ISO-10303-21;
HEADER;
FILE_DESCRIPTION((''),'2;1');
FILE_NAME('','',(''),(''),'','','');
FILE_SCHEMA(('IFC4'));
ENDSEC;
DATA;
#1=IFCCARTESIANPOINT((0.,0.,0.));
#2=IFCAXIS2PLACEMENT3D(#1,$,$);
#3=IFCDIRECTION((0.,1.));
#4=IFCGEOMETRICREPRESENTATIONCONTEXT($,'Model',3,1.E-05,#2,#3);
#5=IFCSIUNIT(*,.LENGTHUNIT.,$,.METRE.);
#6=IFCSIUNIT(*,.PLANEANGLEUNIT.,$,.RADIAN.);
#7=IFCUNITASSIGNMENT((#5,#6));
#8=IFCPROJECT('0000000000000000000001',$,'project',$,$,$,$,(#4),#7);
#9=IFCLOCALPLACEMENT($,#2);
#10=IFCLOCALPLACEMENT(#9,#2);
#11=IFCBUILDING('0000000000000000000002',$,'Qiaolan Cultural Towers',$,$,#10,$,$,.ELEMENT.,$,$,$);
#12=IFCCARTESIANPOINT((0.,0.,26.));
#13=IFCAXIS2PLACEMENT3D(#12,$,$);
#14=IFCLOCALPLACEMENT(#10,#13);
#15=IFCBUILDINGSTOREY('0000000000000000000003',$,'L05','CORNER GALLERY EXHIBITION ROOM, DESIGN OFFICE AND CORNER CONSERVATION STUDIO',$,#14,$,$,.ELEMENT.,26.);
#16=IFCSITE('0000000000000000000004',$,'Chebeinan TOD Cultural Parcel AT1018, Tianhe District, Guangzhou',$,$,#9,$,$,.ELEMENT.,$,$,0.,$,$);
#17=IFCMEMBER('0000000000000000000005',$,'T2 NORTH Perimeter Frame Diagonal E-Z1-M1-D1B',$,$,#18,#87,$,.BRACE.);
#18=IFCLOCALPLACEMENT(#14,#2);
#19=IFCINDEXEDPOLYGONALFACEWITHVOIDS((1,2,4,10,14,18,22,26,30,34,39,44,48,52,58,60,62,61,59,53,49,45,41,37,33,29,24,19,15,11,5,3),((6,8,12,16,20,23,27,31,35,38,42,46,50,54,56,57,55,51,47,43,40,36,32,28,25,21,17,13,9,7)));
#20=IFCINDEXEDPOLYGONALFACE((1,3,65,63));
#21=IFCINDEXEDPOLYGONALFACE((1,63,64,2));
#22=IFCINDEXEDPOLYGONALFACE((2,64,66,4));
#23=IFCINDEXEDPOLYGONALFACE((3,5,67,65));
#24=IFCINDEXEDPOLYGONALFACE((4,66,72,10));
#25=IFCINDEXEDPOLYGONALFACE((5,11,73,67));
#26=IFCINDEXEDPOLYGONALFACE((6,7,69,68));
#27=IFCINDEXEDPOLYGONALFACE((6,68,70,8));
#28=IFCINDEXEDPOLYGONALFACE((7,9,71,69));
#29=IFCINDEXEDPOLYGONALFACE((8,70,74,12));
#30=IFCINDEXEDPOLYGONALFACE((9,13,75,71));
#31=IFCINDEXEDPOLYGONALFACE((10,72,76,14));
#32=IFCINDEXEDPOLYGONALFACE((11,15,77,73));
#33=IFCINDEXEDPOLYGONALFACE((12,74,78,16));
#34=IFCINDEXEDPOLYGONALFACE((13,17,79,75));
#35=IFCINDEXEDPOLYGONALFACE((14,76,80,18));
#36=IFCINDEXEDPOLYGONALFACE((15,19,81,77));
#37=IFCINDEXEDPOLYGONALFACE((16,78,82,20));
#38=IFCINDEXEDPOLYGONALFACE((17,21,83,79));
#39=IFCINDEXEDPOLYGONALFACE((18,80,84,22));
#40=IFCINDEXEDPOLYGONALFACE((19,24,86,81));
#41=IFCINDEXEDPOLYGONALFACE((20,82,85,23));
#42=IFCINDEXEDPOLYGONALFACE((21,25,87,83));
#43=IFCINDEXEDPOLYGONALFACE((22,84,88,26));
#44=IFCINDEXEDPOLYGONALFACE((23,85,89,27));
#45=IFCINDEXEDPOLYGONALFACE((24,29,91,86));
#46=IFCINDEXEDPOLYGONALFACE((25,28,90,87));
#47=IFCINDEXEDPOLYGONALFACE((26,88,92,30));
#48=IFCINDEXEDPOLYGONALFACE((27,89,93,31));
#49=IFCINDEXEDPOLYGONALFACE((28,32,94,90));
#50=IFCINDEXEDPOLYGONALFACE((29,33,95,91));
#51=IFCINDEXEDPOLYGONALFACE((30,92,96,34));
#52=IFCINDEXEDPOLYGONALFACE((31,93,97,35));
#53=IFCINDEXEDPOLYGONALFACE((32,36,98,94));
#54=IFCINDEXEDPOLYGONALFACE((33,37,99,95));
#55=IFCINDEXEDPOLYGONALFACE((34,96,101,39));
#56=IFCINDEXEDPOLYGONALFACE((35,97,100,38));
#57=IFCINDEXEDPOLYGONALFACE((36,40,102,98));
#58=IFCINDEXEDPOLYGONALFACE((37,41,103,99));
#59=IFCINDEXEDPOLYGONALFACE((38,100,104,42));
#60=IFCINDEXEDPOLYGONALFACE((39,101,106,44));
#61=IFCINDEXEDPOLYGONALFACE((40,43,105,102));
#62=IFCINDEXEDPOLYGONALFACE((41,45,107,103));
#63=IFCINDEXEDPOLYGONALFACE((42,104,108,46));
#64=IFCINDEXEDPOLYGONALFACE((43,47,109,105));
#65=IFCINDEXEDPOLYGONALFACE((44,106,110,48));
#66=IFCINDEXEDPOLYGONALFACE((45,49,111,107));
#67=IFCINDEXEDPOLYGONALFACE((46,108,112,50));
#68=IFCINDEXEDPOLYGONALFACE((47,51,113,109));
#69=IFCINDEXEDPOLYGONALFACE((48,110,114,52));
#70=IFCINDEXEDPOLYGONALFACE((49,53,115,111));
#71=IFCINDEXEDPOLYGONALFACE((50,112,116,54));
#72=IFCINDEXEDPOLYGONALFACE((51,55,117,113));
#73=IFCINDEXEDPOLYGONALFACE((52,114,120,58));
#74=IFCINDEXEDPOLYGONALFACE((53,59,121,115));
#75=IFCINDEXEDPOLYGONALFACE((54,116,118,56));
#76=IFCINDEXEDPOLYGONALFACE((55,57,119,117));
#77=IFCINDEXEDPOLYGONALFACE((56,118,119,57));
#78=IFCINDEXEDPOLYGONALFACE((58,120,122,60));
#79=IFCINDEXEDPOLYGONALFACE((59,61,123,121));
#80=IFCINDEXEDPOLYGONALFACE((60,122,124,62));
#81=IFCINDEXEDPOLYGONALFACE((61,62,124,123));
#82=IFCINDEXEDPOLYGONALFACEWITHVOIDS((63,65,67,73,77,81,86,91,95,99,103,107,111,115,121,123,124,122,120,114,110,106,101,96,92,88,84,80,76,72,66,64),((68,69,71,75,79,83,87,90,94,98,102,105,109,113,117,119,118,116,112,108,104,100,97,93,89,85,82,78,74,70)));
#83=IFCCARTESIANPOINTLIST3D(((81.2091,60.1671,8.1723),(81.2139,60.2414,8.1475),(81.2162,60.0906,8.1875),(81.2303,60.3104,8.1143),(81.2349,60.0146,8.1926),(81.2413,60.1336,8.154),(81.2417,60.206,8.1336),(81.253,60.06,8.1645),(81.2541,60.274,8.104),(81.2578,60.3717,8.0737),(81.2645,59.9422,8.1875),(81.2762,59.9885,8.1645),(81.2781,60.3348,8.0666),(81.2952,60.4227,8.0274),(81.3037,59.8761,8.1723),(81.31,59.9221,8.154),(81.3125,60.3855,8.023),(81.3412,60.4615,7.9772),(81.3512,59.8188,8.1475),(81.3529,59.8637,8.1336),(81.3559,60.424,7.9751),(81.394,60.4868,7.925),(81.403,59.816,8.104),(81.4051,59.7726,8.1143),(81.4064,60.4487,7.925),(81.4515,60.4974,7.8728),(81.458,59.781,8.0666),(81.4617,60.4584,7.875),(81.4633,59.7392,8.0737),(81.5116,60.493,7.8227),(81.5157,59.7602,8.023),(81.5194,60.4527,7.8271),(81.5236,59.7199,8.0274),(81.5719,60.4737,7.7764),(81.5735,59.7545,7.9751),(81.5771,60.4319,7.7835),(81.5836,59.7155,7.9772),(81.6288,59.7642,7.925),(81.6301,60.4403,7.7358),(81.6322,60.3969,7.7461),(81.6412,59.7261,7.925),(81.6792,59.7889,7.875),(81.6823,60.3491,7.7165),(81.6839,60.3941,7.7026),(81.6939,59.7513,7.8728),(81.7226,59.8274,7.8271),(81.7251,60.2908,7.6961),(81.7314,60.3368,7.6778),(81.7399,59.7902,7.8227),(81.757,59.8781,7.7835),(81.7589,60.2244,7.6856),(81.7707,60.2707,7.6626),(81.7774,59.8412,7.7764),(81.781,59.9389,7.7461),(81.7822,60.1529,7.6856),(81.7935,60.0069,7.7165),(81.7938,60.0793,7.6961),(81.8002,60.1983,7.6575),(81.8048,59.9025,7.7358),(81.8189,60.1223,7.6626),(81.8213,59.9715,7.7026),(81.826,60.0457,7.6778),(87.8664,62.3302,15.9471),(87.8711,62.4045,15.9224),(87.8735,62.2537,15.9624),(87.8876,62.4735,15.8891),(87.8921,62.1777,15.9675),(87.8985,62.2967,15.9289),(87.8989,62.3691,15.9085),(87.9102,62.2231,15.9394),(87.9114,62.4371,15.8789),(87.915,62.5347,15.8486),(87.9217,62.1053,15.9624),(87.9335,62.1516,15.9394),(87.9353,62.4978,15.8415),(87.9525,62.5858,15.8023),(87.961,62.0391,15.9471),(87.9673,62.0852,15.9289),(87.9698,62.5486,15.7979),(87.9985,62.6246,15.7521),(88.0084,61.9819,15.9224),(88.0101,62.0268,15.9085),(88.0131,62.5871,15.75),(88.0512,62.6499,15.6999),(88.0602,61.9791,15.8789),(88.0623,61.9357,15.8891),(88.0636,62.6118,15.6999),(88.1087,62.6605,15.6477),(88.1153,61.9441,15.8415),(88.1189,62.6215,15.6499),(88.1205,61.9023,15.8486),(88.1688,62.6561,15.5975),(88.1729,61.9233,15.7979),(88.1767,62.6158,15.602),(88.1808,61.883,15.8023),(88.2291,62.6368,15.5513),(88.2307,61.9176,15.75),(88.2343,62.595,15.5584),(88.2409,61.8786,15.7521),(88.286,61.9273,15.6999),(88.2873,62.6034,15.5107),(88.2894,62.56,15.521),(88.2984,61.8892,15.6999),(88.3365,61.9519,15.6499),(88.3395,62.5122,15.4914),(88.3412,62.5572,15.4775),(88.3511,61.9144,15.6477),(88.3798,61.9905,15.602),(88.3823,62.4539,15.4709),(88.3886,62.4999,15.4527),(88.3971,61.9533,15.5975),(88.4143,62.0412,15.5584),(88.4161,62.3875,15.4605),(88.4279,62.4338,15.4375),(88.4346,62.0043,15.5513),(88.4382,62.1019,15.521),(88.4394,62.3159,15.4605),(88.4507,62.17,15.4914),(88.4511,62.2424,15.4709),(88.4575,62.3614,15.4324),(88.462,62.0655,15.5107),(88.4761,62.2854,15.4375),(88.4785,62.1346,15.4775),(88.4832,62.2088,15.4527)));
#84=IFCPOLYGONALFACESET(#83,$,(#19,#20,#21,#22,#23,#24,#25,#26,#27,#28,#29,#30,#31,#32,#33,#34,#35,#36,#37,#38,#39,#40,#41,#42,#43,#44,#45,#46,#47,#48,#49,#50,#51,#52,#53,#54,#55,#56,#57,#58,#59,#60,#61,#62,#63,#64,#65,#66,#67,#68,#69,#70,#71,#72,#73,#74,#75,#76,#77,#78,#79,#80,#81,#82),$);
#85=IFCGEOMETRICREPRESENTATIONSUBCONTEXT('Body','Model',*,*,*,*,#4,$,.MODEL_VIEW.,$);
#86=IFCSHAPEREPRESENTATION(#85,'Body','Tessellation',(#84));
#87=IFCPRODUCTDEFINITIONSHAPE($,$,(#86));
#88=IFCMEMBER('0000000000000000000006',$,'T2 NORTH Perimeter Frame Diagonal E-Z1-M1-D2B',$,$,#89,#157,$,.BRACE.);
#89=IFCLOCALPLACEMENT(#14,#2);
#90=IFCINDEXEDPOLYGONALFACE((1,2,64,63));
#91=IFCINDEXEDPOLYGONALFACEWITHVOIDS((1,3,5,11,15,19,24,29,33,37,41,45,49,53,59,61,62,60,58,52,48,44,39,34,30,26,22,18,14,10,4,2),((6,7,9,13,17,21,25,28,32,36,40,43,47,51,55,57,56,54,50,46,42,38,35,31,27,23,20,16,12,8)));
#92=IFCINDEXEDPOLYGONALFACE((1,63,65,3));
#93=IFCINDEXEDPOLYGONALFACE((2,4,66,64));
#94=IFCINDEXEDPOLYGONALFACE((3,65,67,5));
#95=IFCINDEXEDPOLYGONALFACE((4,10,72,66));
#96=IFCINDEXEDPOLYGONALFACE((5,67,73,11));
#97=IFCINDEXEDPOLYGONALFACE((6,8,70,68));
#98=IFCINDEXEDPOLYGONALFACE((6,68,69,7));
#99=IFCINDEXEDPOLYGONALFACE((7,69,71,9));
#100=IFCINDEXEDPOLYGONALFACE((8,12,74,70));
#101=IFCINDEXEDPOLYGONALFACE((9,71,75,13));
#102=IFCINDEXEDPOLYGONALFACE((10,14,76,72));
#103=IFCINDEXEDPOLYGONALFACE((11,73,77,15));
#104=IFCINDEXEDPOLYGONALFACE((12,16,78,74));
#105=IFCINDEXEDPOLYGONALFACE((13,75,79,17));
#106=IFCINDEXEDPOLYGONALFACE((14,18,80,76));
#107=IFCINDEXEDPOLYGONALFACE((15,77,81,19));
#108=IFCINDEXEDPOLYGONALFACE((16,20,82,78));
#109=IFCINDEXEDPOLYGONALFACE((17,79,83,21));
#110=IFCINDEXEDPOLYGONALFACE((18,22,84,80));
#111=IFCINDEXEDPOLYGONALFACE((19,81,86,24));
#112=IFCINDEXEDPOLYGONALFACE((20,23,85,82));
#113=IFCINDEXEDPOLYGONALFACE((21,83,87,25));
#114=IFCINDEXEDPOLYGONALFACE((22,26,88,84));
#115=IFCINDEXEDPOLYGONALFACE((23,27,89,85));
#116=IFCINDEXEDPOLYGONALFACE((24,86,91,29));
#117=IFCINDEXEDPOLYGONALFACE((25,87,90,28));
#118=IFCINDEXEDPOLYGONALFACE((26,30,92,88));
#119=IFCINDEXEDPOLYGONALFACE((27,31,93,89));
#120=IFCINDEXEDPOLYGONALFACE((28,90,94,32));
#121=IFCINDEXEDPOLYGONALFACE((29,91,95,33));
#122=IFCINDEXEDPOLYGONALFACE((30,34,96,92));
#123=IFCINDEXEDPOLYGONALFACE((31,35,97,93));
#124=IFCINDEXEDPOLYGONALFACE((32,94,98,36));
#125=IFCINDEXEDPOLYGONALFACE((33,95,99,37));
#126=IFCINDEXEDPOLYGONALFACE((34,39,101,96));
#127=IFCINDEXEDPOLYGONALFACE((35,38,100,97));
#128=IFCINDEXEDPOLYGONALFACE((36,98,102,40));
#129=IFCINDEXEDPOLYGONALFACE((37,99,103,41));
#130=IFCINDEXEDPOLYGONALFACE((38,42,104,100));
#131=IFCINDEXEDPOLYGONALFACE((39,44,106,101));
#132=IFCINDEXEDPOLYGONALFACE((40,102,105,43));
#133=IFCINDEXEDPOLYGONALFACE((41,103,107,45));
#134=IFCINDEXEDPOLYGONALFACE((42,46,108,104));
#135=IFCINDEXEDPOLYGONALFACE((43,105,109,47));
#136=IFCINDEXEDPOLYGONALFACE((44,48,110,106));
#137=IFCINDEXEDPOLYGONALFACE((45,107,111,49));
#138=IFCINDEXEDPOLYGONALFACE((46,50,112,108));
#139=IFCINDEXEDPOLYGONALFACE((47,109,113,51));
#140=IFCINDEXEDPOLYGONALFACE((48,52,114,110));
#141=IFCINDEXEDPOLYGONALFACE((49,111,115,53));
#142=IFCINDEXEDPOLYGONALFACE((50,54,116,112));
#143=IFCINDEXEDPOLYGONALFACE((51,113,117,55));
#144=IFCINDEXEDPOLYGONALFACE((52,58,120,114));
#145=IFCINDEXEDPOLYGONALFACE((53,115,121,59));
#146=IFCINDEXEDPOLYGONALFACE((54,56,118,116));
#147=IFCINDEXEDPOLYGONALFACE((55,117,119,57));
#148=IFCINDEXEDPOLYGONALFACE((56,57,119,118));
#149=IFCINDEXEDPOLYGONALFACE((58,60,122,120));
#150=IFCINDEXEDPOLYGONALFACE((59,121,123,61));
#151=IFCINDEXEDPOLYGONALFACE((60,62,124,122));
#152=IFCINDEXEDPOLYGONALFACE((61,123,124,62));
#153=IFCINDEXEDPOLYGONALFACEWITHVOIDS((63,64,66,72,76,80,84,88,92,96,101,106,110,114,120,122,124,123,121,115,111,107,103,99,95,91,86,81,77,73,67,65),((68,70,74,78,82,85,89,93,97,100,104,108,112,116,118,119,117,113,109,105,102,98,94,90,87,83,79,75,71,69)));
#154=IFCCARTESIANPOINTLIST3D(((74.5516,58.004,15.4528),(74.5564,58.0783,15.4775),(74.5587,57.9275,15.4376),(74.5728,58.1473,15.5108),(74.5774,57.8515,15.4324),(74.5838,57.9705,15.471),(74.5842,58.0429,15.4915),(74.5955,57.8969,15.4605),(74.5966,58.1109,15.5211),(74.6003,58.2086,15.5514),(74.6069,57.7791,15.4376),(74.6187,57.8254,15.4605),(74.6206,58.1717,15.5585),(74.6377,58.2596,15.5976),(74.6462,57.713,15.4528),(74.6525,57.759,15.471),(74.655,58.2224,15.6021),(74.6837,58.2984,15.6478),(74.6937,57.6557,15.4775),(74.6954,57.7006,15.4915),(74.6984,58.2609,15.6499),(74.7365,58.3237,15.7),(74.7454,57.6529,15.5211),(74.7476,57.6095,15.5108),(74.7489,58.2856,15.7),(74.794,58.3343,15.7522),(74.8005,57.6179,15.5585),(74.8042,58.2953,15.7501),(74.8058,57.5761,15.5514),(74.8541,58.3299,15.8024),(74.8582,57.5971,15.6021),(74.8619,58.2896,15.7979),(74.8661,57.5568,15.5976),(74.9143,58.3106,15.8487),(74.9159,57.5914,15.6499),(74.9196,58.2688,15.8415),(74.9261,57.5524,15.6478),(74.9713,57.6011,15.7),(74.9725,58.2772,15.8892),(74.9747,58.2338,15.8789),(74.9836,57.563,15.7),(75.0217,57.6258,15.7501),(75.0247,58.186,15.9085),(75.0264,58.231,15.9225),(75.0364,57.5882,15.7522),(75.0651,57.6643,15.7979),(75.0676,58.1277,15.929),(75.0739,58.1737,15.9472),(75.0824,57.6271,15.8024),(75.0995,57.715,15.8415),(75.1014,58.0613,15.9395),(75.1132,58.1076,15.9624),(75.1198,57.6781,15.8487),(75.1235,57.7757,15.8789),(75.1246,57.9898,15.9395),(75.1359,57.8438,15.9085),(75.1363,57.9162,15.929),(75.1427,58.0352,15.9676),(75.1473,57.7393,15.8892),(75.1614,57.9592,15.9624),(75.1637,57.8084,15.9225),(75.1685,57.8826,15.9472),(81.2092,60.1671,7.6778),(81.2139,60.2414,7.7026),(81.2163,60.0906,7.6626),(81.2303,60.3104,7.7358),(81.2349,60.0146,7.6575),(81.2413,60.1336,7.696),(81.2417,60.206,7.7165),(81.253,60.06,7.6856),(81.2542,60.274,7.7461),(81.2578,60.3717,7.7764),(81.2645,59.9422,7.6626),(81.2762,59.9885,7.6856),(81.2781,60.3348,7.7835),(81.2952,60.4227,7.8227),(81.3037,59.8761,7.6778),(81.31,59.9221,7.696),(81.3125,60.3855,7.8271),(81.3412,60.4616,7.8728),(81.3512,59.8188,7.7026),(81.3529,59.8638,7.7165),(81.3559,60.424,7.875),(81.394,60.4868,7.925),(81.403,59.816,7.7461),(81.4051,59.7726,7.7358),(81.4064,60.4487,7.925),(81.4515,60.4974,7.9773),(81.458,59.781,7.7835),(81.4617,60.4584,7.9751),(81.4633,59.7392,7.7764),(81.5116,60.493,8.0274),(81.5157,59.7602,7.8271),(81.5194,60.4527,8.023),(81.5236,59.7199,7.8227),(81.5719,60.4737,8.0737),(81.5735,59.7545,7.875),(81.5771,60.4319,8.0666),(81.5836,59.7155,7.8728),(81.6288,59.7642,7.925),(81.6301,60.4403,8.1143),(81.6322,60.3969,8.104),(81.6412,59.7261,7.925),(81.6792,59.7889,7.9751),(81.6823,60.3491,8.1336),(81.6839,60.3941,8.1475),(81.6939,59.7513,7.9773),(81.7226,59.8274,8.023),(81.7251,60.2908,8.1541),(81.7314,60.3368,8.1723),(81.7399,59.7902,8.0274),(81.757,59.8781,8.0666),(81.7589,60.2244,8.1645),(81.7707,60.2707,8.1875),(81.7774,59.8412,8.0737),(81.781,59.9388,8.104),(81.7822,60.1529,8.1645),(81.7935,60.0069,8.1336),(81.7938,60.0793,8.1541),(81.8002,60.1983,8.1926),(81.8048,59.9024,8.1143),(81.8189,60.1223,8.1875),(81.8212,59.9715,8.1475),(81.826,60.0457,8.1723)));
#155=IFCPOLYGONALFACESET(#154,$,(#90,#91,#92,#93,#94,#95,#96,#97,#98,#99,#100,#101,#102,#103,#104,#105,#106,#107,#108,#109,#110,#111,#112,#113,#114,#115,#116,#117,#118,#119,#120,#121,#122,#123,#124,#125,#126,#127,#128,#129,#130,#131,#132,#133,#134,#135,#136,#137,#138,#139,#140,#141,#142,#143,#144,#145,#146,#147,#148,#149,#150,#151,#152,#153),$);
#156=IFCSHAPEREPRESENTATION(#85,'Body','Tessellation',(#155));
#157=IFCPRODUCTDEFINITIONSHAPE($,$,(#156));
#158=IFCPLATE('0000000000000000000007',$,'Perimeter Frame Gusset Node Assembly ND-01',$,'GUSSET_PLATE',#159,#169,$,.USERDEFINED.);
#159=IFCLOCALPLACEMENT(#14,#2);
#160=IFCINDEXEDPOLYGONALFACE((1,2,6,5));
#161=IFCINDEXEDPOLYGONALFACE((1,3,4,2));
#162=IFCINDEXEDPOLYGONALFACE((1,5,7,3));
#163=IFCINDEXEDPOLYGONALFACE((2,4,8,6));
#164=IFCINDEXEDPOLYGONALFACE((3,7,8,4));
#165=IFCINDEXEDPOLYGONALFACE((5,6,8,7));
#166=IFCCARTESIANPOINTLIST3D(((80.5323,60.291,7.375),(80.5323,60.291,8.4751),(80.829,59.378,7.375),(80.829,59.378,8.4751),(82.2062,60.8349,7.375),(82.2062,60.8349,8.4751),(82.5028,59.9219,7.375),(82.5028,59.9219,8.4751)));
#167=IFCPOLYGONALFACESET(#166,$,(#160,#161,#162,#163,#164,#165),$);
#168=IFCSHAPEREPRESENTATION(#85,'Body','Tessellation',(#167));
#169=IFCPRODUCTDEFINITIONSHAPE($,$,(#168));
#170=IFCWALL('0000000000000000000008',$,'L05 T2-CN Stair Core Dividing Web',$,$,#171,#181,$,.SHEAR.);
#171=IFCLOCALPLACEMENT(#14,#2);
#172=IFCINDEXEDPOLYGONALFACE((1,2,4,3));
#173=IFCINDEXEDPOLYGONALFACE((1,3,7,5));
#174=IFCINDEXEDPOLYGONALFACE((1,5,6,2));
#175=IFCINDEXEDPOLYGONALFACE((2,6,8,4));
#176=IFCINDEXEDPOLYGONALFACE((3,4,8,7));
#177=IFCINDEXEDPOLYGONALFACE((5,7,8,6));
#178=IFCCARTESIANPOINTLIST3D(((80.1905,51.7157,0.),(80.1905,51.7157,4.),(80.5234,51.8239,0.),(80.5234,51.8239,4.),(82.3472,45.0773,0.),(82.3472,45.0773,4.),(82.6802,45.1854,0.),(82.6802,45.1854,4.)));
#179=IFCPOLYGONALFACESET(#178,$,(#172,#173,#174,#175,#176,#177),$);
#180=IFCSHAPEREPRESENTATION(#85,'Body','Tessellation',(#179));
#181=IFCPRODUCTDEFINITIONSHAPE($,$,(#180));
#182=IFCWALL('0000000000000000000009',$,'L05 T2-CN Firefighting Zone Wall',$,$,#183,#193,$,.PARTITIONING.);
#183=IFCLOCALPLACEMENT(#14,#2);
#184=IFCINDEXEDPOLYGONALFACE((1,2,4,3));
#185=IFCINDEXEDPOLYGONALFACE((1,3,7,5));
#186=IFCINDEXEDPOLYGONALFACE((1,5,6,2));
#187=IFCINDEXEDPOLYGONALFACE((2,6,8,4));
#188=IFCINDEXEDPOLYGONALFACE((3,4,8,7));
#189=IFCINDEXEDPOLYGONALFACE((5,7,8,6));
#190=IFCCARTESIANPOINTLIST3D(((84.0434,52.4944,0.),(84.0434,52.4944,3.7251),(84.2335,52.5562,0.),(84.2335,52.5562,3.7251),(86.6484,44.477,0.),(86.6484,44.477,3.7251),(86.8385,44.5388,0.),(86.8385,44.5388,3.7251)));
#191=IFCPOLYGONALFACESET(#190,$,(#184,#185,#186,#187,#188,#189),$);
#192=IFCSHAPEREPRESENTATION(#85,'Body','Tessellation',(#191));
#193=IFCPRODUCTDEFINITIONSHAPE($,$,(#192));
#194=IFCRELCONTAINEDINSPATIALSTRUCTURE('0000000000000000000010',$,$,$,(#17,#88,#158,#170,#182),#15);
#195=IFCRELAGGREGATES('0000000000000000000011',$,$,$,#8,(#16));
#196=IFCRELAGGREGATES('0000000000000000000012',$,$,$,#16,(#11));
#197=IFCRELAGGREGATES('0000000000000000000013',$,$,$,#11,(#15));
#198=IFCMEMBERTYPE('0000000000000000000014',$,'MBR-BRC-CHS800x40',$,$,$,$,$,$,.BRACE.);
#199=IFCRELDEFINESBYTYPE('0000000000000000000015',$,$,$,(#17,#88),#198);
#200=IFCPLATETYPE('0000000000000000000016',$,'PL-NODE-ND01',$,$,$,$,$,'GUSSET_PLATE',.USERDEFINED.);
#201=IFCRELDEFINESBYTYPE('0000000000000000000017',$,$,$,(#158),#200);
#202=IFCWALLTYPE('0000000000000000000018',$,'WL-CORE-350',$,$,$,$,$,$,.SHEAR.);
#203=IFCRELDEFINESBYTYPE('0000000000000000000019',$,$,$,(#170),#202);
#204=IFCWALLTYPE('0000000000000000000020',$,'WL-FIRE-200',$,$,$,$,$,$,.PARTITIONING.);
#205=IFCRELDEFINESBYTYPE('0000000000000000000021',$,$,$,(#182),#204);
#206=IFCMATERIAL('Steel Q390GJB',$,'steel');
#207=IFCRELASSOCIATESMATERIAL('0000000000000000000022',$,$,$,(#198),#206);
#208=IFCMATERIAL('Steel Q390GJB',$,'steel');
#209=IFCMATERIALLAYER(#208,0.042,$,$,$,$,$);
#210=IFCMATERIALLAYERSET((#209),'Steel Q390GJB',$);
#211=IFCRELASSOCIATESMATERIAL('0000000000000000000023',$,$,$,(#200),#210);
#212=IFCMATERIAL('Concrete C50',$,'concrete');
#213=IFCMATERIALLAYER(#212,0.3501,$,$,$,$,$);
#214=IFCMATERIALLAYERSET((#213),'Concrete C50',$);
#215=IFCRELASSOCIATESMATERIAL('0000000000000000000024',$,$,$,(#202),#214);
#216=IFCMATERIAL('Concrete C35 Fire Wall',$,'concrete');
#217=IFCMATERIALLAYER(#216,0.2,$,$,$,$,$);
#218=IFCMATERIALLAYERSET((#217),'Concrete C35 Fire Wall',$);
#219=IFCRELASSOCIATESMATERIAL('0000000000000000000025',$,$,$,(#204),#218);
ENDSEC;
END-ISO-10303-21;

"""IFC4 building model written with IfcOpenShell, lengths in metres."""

from ifc_helpers import new_model, si_unit, direction, frame, frame_2d, origin, origin_2d, place, context, subcontext, project, spatial, rectangle, hollow_circle, extrude, material, layer, layer_set, material_profile, profile_set, type_object, element, save


model = new_model("IFC4")

# Units and contexts
model_context = context("Model", 3, precision=1e-05, world=origin(), true_north=direction((0.0, 1.0)))
body_context = subcontext(model_context, "Body", "Model", "MODEL_VIEW")
ifc_project = project(units=[si_unit("LENGTHUNIT", "METRE"), si_unit("PLANEANGLEUNIT", "RADIAN")], contexts=[model_context])

# Site, building, storey
site_placement = place(None, origin())
site = spatial("IfcSite", under=ifc_project, at=site_placement, Name="Chebeinan TOD Cultural Parcel AT1018, Tianhe District, Guangzhou", CompositionType="ELEMENT", RefElevation=0.0)
building_placement = place(site_placement, origin())
building = spatial("IfcBuilding", under=site, at=building_placement, Name="Qiaolan Cultural Towers", CompositionType="ELEMENT")
storey_placement = place(building_placement, frame((0.0, 0.0, 26.0)))
storey = spatial("IfcBuildingStorey", under=building, at=storey_placement, Name="L05", Description="CORNER GALLERY EXHIBITION ROOM, DESIGN OFFICE AND CORNER CONSERVATION STUDIO", CompositionType="ELEMENT", Elevation=26.0)

# Members
ifc_material_1 = material(Name="Steel Q390GJB", Category="steel")
ifc_material_profile_1 = material_profile(ifc_material_1, hollow_circle(Radius=0.3999, WallThickness=0.04, at=origin_2d()), Name="CHS800x40")
ifc_profile_set_1 = profile_set([ifc_material_profile_1], Name="Steel Q390GJB")
member_type = type_object("IfcMemberType", Name="MBR-BRC-CHS800x40", PredefinedType="BRACE", material=ifc_profile_set_1)
member_1_placement = place(storey_placement, frame((81.5176, 60.1064, 7.925), z_axis=(0.636344, 0.206763, 0.743179), x_axis=(-0.30902, 0.951056, 0.0)))
element("IfcMember", 1, at=member_1_placement, inside=storey, type_object=member_type, Name="T2 NORTH Perimeter Frame Diagonal E-Z1-M1-D1B", PredefinedType="BRACE", context=body_context, shape_type="SweptSolid", body=[
    extrude(hollow_circle(Radius=0.3999, WallThickness=0.04, at=origin_2d()), origin(), (0.0, 0.0, 1.0), 10.4617),
])
member_2_placement = place(storey_placement, frame((81.5176, 60.1064, 7.925), z_axis=(-0.636358, -0.20676, 0.743168), x_axis=(0.30901, -0.951059, 0.0)))
element("IfcMember", 2, at=member_2_placement, inside=storey, type_object=member_type, Name="T2 NORTH Perimeter Frame Diagonal E-Z1-M1-D2B", PredefinedType="BRACE", context=body_context, shape_type="SweptSolid", body=[
    extrude(hollow_circle(Radius=0.3999, WallThickness=0.04, at=origin_2d()), origin(), (0.0, 0.0, 1.0), 10.4619),
])

# Plate
ifc_material_2 = material(Name="Steel Q390GJB", Category="steel")
ifc_layer_1 = layer(ifc_material_2, 0.042)
ifc_layer_set_1 = layer_set([ifc_layer_1], Name="Steel Q390GJB")
plate_type = type_object("IfcPlateType", Name="PL-NODE-ND01", ElementType="GUSSET_PLATE", PredefinedType="USERDEFINED", material=ifc_layer_set_1)
plate_placement = place(storey_placement, frame((81.5176, 60.1064, 7.375), z_axis=(0.0, 0.0, 1.0), x_axis=(0.951057, 0.309017, 0.0)))
element("IfcPlate", 3, at=plate_placement, inside=storey, type_object=plate_type, Name="Perimeter Frame Gusset Node Assembly ND-01", ObjectType="GUSSET_PLATE", PredefinedType="USERDEFINED", context=body_context, shape_type="SweptSolid", body=[
    extrude(rectangle(XDim=1.76, YDim=0.96, at=origin_2d()), origin(), (0.0, 0.0, 1.0), 1.1001),
])

# Walls
ifc_material_3 = material(Name="Concrete C50", Category="concrete")
ifc_layer_2 = layer(ifc_material_3, 0.3501)
ifc_layer_set_2 = layer_set([ifc_layer_2], Name="Concrete C50")
wall_type_1 = type_object("IfcWallType", Name="WL-CORE-350", PredefinedType="SHEAR", material=ifc_layer_set_2)
wall_1_placement = place(storey_placement, frame((82.5137, 45.1313, 0.0), z_axis=(0.0, 0.0, 1.0), x_axis=(-0.308989, 0.951066, 0.0)))
element("IfcWall", 4, at=wall_1_placement, inside=storey, type_object=wall_type_1, Name="L05 T2-CN Stair Core Dividing Web", PredefinedType="SHEAR", context=body_context, shape_type="SweptSolid", body=[
    extrude(rectangle(XDim=6.98, YDim=0.3501, at=frame_2d((3.49, 0.0))), origin(), (0.0, 0.0, 1.0), 4.0),
])
ifc_material_4 = material(Name="Concrete C35 Fire Wall", Category="concrete")
ifc_layer_3 = layer(ifc_material_4, 0.2)
ifc_layer_set_3 = layer_set([ifc_layer_3], Name="Concrete C35 Fire Wall")
wall_type_2 = type_object("IfcWallType", Name="WL-FIRE-200", PredefinedType="PARTITIONING", material=ifc_layer_set_3)
wall_2_placement = place(storey_placement, frame((86.7434, 44.5081, 0.0), z_axis=(0.0, 0.0, 1.0), x_axis=(-0.309016, 0.951057, 0.0)))
element("IfcWall", 5, at=wall_2_placement, inside=storey, type_object=wall_type_2, Name="L05 T2-CN Firefighting Zone Wall", PredefinedType="PARTITIONING", context=body_context, shape_type="SweptSolid", body=[
    extrude(rectangle(XDim=8.4299, YDim=0.2, at=frame_2d((4.2148, 0.0))), origin(), (0.0, 0.0, 1.0), 3.7251),
])

save(model, "model.ifc")
